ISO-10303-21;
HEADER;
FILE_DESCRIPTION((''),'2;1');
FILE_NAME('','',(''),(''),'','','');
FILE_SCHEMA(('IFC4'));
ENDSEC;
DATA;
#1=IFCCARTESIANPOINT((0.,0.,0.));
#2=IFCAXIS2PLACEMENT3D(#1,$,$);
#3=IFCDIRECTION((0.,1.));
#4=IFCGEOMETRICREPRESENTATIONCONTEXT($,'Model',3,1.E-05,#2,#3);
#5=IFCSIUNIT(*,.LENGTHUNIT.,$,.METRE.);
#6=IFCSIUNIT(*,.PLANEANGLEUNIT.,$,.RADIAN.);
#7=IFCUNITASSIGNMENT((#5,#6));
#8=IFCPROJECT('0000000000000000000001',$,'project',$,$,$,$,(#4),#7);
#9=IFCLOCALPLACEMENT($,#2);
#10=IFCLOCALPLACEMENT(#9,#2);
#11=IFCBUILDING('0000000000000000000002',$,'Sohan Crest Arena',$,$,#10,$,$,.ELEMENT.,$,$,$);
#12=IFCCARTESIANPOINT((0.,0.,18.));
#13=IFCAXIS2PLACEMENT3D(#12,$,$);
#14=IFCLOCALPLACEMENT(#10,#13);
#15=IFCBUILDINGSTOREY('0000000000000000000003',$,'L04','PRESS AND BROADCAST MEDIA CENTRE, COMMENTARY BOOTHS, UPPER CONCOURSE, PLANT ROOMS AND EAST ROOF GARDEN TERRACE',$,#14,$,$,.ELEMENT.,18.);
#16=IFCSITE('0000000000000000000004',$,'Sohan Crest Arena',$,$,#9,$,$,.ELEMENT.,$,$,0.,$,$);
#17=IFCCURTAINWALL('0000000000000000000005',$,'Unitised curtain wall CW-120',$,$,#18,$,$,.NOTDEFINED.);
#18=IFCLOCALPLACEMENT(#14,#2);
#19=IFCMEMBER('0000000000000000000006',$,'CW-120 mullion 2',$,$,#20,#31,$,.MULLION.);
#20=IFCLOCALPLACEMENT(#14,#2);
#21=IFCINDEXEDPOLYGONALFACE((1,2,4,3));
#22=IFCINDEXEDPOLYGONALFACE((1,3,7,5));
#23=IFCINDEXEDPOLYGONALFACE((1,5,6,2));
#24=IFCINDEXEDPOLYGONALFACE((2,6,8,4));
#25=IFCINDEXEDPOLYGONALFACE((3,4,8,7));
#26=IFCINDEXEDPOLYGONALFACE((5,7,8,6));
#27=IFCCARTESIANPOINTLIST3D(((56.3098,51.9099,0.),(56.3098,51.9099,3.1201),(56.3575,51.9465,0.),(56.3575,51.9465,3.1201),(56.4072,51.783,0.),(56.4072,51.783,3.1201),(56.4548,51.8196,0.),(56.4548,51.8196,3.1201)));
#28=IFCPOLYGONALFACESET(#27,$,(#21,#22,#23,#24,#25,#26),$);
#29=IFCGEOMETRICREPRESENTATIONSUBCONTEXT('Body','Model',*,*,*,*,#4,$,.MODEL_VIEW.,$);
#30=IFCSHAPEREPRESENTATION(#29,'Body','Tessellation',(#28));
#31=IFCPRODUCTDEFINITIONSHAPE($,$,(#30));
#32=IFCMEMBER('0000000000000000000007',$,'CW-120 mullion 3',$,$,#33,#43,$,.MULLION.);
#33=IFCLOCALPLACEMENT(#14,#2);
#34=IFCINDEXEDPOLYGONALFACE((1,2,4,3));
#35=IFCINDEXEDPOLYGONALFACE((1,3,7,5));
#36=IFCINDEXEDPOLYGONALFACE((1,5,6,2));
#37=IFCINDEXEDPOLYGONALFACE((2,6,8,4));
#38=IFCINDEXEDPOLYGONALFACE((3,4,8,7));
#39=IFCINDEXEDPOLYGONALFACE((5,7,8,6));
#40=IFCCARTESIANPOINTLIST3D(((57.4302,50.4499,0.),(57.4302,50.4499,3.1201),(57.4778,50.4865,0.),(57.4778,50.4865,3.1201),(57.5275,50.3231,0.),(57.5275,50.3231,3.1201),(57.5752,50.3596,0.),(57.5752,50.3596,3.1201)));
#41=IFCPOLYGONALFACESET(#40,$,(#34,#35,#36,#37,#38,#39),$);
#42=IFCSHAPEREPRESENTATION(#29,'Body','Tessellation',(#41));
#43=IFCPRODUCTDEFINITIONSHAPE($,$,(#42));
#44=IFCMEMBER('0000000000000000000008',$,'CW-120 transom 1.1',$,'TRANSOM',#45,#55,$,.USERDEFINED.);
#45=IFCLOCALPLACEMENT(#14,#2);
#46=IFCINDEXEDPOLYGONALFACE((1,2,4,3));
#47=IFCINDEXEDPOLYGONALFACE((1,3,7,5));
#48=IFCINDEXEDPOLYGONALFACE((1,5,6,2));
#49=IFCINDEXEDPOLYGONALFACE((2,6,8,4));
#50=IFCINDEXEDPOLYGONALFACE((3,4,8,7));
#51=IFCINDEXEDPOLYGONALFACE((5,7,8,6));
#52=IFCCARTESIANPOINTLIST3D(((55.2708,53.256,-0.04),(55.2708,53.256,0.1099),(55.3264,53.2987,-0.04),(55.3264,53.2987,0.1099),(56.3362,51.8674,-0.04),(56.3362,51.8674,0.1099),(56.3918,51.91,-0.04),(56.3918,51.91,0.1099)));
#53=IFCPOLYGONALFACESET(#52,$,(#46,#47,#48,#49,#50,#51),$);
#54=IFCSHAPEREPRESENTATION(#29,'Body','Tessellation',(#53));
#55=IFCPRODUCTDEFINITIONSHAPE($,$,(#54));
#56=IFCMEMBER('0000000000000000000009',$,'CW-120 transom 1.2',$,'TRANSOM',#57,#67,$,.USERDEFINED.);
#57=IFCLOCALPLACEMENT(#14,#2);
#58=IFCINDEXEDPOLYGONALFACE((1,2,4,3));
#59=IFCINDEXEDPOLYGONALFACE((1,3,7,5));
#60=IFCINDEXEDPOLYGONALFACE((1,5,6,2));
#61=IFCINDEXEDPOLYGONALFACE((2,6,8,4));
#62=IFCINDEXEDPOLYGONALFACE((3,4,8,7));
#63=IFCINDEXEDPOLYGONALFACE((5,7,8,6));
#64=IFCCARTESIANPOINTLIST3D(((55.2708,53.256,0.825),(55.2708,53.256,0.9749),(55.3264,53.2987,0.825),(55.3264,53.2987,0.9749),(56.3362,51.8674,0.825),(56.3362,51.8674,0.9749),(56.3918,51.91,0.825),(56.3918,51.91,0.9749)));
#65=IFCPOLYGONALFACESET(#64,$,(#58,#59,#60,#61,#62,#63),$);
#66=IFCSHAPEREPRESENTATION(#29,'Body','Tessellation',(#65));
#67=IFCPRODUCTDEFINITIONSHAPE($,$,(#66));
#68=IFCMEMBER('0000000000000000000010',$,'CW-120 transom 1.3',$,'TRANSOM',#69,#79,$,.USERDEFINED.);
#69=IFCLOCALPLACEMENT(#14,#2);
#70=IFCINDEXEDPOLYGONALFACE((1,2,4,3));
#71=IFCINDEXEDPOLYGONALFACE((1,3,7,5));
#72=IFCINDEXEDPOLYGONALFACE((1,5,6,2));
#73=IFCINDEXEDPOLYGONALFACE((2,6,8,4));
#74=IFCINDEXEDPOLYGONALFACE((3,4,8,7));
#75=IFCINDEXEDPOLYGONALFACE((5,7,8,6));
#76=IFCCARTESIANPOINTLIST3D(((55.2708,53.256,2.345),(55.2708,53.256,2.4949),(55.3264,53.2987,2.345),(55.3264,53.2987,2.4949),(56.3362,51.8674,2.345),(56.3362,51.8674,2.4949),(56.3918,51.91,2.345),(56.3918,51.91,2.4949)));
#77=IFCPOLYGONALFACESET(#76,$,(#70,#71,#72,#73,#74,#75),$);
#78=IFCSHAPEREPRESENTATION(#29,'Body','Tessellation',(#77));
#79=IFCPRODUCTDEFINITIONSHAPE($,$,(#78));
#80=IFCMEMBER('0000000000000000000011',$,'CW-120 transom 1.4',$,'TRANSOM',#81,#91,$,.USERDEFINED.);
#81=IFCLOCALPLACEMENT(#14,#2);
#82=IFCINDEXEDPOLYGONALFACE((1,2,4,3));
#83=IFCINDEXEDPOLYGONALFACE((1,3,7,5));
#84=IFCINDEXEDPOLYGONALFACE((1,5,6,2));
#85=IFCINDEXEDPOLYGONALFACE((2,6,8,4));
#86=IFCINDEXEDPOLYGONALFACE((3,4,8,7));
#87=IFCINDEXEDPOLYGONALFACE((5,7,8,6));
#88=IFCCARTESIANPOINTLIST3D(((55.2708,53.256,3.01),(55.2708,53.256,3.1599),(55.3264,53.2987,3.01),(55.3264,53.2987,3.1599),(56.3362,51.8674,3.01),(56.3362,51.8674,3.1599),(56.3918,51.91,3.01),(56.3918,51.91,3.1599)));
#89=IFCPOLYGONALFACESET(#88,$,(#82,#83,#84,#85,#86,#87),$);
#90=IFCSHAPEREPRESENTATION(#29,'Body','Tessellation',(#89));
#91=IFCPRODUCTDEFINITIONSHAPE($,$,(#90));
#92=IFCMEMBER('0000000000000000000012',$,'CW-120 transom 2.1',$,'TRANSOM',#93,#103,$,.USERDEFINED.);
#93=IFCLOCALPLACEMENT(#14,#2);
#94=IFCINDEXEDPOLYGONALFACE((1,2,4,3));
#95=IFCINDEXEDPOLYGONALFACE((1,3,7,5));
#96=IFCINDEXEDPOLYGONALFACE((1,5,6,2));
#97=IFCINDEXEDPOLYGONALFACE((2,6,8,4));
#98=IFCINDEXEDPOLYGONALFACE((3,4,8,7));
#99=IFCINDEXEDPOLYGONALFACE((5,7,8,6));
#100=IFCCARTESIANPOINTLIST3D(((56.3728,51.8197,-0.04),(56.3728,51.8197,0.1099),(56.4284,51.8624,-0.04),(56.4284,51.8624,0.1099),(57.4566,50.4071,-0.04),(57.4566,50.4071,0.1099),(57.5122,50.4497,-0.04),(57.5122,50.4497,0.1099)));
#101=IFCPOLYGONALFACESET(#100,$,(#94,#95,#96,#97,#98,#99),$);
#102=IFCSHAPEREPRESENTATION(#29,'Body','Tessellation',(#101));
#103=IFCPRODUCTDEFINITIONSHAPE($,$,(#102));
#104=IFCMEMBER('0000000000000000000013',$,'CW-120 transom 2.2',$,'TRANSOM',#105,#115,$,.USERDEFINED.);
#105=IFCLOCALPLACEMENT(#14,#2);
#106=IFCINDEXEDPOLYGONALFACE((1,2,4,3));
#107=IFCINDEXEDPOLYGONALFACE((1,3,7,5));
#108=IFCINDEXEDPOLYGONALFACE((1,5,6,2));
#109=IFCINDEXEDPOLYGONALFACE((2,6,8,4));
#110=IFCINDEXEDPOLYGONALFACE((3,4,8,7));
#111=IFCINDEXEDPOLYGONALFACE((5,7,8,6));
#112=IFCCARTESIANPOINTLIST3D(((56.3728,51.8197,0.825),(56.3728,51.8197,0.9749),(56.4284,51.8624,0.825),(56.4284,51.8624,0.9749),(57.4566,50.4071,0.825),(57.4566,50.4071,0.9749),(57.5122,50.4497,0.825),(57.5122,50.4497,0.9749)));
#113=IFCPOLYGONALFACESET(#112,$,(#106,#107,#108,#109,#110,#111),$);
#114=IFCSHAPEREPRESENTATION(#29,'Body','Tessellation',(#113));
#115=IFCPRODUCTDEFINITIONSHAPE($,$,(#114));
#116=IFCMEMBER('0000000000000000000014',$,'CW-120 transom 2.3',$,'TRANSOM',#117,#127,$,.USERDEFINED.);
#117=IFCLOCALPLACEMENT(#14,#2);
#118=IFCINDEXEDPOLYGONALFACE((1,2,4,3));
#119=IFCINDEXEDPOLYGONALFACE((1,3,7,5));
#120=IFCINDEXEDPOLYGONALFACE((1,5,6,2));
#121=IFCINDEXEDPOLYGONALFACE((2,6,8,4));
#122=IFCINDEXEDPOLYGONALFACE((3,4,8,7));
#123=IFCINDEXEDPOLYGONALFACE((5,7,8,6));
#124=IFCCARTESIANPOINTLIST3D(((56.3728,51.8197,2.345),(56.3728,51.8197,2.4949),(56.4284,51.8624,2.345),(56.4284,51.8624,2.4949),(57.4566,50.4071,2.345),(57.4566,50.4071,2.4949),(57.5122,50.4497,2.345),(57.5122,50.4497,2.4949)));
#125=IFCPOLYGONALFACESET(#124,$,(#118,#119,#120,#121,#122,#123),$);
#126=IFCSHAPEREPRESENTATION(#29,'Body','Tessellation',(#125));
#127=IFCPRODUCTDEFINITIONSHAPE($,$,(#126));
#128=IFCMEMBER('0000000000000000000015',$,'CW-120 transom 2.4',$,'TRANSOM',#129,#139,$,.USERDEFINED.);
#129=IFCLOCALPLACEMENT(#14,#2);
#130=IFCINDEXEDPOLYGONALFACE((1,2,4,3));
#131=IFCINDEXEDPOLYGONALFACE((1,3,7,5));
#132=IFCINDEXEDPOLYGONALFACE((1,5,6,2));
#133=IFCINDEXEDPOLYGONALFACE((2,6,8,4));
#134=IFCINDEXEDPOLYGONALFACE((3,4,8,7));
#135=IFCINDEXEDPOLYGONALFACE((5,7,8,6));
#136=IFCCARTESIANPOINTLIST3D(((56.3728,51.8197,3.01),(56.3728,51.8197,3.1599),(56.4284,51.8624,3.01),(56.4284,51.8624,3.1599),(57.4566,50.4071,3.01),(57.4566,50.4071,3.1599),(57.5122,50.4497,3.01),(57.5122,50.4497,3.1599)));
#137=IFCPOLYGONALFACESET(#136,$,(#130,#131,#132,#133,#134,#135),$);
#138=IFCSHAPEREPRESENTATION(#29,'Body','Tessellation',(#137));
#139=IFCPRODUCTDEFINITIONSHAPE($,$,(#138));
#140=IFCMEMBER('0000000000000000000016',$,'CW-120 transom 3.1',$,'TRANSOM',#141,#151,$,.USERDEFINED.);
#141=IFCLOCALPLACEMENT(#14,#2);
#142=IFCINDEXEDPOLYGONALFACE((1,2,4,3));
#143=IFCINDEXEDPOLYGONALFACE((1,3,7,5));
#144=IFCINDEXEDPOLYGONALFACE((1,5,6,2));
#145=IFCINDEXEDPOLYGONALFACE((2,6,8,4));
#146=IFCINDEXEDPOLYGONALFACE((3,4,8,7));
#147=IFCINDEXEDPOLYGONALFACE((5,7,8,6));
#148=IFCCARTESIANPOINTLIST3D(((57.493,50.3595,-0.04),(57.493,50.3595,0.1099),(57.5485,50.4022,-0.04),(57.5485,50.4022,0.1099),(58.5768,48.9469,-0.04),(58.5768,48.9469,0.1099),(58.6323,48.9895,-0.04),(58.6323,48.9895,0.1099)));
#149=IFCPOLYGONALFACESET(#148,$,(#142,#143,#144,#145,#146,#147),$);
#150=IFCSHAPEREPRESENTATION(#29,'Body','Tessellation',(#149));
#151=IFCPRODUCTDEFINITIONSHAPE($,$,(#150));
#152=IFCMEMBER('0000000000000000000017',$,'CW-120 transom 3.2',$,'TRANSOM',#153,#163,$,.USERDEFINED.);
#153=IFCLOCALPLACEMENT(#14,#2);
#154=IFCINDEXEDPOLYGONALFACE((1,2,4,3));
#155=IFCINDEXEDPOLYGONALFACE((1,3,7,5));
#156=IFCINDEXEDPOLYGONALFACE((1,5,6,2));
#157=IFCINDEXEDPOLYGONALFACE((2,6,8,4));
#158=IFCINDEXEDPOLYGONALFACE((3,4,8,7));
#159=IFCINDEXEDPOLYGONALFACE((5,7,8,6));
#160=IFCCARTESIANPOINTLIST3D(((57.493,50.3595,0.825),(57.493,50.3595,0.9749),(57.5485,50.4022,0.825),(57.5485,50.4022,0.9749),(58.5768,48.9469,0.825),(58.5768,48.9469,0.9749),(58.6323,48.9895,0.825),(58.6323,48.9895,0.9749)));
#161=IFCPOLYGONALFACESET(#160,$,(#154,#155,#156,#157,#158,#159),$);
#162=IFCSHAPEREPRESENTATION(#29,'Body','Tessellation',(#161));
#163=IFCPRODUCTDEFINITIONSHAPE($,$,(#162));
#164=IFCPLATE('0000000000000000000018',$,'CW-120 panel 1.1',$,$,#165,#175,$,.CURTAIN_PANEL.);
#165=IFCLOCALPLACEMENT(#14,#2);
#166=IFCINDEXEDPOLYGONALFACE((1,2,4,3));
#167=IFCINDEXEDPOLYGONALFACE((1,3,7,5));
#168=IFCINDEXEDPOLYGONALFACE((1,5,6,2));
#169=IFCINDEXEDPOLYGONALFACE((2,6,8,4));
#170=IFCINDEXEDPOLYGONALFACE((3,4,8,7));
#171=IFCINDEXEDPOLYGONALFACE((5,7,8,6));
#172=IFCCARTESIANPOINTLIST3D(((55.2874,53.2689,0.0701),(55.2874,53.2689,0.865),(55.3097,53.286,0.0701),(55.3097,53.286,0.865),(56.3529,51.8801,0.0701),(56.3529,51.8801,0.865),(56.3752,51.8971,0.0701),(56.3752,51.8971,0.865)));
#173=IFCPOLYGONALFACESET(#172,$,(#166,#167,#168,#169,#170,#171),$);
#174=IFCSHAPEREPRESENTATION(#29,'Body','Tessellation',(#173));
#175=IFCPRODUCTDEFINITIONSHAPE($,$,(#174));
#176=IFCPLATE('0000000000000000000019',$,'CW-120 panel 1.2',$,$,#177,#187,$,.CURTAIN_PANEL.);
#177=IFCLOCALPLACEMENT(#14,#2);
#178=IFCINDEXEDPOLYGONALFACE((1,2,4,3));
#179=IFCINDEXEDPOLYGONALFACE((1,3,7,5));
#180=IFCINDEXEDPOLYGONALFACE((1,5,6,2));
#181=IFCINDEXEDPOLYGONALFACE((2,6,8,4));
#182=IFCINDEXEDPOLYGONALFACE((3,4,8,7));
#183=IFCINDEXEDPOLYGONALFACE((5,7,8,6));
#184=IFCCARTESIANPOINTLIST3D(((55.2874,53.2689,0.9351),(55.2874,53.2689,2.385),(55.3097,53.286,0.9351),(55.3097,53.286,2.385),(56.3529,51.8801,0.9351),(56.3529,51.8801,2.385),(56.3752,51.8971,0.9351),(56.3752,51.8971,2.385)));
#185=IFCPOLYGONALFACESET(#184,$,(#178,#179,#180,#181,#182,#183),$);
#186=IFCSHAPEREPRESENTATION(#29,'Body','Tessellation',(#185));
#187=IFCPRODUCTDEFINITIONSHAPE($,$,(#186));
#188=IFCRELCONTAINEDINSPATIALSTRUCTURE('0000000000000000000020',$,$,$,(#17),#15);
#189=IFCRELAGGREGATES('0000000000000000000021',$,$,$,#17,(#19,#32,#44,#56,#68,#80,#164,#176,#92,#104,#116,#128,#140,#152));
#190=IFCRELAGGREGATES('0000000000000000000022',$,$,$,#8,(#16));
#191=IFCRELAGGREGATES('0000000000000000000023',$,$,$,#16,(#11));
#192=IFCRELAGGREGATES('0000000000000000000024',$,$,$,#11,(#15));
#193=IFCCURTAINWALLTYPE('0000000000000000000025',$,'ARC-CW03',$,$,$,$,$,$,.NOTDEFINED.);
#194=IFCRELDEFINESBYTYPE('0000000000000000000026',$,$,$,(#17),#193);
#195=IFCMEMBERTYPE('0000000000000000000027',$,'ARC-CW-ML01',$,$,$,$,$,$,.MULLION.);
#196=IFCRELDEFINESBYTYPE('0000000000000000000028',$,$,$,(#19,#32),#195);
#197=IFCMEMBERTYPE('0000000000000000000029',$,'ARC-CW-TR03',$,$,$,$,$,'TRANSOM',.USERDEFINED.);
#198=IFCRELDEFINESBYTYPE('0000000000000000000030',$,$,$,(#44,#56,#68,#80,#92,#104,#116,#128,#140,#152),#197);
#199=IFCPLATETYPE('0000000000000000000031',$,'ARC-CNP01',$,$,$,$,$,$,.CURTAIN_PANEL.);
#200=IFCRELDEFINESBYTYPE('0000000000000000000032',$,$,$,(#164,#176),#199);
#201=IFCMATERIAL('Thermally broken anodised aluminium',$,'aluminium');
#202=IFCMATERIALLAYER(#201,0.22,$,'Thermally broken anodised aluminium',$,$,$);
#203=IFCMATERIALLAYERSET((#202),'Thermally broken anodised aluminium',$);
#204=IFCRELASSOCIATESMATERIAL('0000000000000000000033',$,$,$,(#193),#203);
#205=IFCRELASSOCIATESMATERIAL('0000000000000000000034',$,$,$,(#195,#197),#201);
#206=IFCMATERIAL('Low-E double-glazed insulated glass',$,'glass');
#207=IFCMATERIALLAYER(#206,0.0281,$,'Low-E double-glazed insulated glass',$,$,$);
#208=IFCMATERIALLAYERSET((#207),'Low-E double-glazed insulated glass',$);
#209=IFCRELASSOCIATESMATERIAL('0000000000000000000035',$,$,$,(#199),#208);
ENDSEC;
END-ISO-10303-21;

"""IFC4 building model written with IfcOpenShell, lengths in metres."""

from ifc_helpers import new_model, si_unit, direction, frame, origin, origin_2d, place, context, subcontext, project, spatial, rectangle, extrude, material, layer, layer_set, material_profile, profile_set, type_object, element, aggregate, save


model = new_model("IFC4")

# Units and contexts
model_context = context("Model", 3, precision=1e-05, world=origin(), true_north=direction((0.0, 1.0)))
body_context = subcontext(model_context, "Body", "Model", "MODEL_VIEW")
ifc_project = project(units=[si_unit("LENGTHUNIT", "METRE"), si_unit("PLANEANGLEUNIT", "RADIAN")], contexts=[model_context])

# Site, building, storey
site_placement = place(None, origin())
site = spatial("IfcSite", under=ifc_project, at=site_placement, Name="Sohan Crest Arena", CompositionType="ELEMENT", RefElevation=0.0)
building_placement = place(site_placement, origin())
building = spatial("IfcBuilding", under=site, at=building_placement, Name="Sohan Crest Arena", CompositionType="ELEMENT")
storey_placement = place(building_placement, frame((0.0, 0.0, 18.0)))
storey = spatial("IfcBuildingStorey", under=building, at=storey_placement, Name="L04", Description="PRESS AND BROADCAST MEDIA CENTRE, COMMENTARY BOOTHS, UPPER CONCOURSE, PLANT ROOMS AND EAST ROOF GARDEN TERRACE", CompositionType="ELEMENT", Elevation=18.0)

# Curtain wall, members, plates
ifc_material_1 = material(Name="Thermally broken anodised aluminium", Category="aluminium")
ifc_layer_1 = layer(ifc_material_1, 0.22, Name="Thermally broken anodised aluminium")
ifc_layer_set_1 = layer_set([ifc_layer_1], Name="Thermally broken anodised aluminium")
curtain_wall_type = type_object("IfcCurtainWallType", Name="ARC-CW03", PredefinedType="NOTDEFINED", material=ifc_layer_set_1)
curtain_wall_placement = place(storey_placement, origin())
curtain_wall = element("IfcCurtainWall", 1, at=curtain_wall_placement, inside=storey, type_object=curtain_wall_type, Name="Unitised curtain wall CW-120", PredefinedType="NOTDEFINED")
ifc_material_profile_1 = material_profile(ifc_material_1, rectangle(XDim=0.0601, YDim=0.1599, at=origin_2d()), Name="ALU-MULL 60x160")
ifc_profile_set_1 = profile_set([ifc_material_profile_1], Name="Thermally broken anodised aluminium")
member_type_1 = type_object("IfcMemberType", Name="ARC-CW-ML01", PredefinedType="MULLION", material=ifc_profile_set_1)
member_1_placement = place(storey_placement, frame((56.3823, 51.8647, 0.0), z_axis=(0.0, 0.0, 1.0), x_axis=(0.793385, 0.60872, 0.0)))
member_1 = element("IfcMember", 2, at=member_1_placement, type_object=member_type_1, Name="CW-120 mullion 2", PredefinedType="MULLION", context=body_context, shape_type="SweptSolid", body=[
    extrude(rectangle(XDim=0.0601, YDim=0.1599, at=origin_2d()), origin(), (0.0, 0.0, 1.0), 3.1201),
])
member_2_placement = place(storey_placement, frame((57.5027, 50.4048, 0.0), z_axis=(0.0, 0.0, 1.0), x_axis=(0.793385, 0.60872, 0.0)))
member_2 = element("IfcMember", 3, at=member_2_placement, type_object=member_type_1, Name="CW-120 mullion 3", PredefinedType="MULLION", context=body_context, shape_type="SweptSolid", body=[
    extrude(rectangle(XDim=0.0601, YDim=0.1599, at=origin_2d()), origin(), (0.0, 0.0, 1.0), 3.1201),
])
ifc_material_profile_2 = material_profile(ifc_material_1, rectangle(XDim=0.0701, YDim=0.1499, at=origin_2d()), Name="ALU-TRAN 70x150")
ifc_profile_set_2 = profile_set([ifc_material_profile_2], Name="Thermally broken anodised aluminium")
member_type_2 = type_object("IfcMemberType", Name="ARC-CW-TR03", ElementType="TRANSOM", PredefinedType="USERDEFINED", material=ifc_profile_set_2)
member_3_placement = place(storey_placement, frame((55.2986, 53.2773, 0.0349), z_axis=(0.608713, -0.793391, 0.0), x_axis=(0.793391, 0.608713, 0.0)))
member_3 = element("IfcMember", 4, at=member_3_placement, type_object=member_type_2, Name="CW-120 transom 1.1", ObjectType="TRANSOM", PredefinedType="USERDEFINED", context=body_context, shape_type="SweptSolid", body=[
    extrude(rectangle(XDim=0.0701, YDim=0.1499, at=origin_2d()), origin(), (0.0, 0.0, 1.0), 1.7502),
])
member_4_placement = place(storey_placement, frame((55.2986, 53.2773, 0.8999), z_axis=(0.608713, -0.793391, 0.0), x_axis=(0.793391, 0.608713, 0.0)))
member_4 = element("IfcMember", 5, at=member_4_placement, type_object=member_type_2, Name="CW-120 transom 1.2", ObjectType="TRANSOM", PredefinedType="USERDEFINED", context=body_context, shape_type="SweptSolid", body=[
    extrude(rectangle(XDim=0.0701, YDim=0.1499, at=origin_2d()), origin(), (0.0, 0.0, 1.0), 1.7502),
])
member_5_placement = place(storey_placement, frame((55.2986, 53.2773, 2.4199), z_axis=(0.608713, -0.793391, 0.0), x_axis=(0.793391, 0.608713, 0.0)))
member_5 = element("IfcMember", 6, at=member_5_placement, type_object=member_type_2, Name="CW-120 transom 1.3", ObjectType="TRANSOM", PredefinedType="USERDEFINED", context=body_context, shape_type="SweptSolid", body=[
    extrude(rectangle(XDim=0.0701, YDim=0.1499, at=origin_2d()), origin(), (0.0, 0.0, 1.0), 1.7502),
])
member_6_placement = place(storey_placement, frame((55.2986, 53.2773, 3.085), z_axis=(0.608713, -0.793391, 0.0), x_axis=(0.793391, 0.608713, 0.0)))
member_6 = element("IfcMember", 7, at=member_6_placement, type_object=member_type_2, Name="CW-120 transom 1.4", ObjectType="TRANSOM", PredefinedType="USERDEFINED", context=body_context, shape_type="SweptSolid", body=[
    extrude(rectangle(XDim=0.0701, YDim=0.1499, at=origin_2d()), origin(), (0.0, 0.0, 1.0), 1.7502),
])
member_7_placement = place(storey_placement, frame((56.4006, 51.8411, 0.0349), z_axis=(0.608696, -0.793403, 0.0), x_axis=(0.793403, 0.608696, 0.0)))
member_7 = element("IfcMember", 8, at=member_7_placement, type_object=member_type_2, Name="CW-120 transom 2.1", ObjectType="TRANSOM", PredefinedType="USERDEFINED", context=body_context, shape_type="SweptSolid", body=[
    extrude(rectangle(XDim=0.0701, YDim=0.1499, at=origin_2d()), origin(), (0.0, 0.0, 1.0), 1.7805),
])
member_8_placement = place(storey_placement, frame((56.4006, 51.8411, 0.8999), z_axis=(0.608696, -0.793403, 0.0), x_axis=(0.793403, 0.608696, 0.0)))
member_8 = element("IfcMember", 9, at=member_8_placement, type_object=member_type_2, Name="CW-120 transom 2.2", ObjectType="TRANSOM", PredefinedType="USERDEFINED", context=body_context, shape_type="SweptSolid", body=[
    extrude(rectangle(XDim=0.0701, YDim=0.1499, at=origin_2d()), origin(), (0.0, 0.0, 1.0), 1.7805),
])
member_9_placement = place(storey_placement, frame((56.4006, 51.8411, 2.4199), z_axis=(0.608696, -0.793403, 0.0), x_axis=(0.793403, 0.608696, 0.0)))
member_9 = element("IfcMember", 10, at=member_9_placement, type_object=member_type_2, Name="CW-120 transom 2.3", ObjectType="TRANSOM", PredefinedType="USERDEFINED", context=body_context, shape_type="SweptSolid", body=[
    extrude(rectangle(XDim=0.0701, YDim=0.1499, at=origin_2d()), origin(), (0.0, 0.0, 1.0), 1.7805),
])
member_10_placement = place(storey_placement, frame((56.4006, 51.8411, 3.085), z_axis=(0.608696, -0.793403, 0.0), x_axis=(0.793403, 0.608696, 0.0)))
member_10 = element("IfcMember", 11, at=member_10_placement, type_object=member_type_2, Name="CW-120 transom 2.4", ObjectType="TRANSOM", PredefinedType="USERDEFINED", context=body_context, shape_type="SweptSolid", body=[
    extrude(rectangle(XDim=0.0701, YDim=0.1499, at=origin_2d()), origin(), (0.0, 0.0, 1.0), 1.7805),
])
member_11_placement = place(storey_placement, frame((57.5208, 50.3809, 0.0349), z_axis=(0.608696, -0.793403, 0.0), x_axis=(0.793403, 0.608696, 0.0)))
member_11 = element("IfcMember", 12, at=member_11_placement, type_object=member_type_2, Name="CW-120 transom 3.1", ObjectType="TRANSOM", PredefinedType="USERDEFINED", context=body_context, shape_type="SweptSolid", body=[
    extrude(rectangle(XDim=0.0701, YDim=0.1499, at=origin_2d()), origin(), (0.0, 0.0, 1.0), 1.7805),
])
member_12_placement = place(storey_placement, frame((57.5208, 50.3809, 0.8999), z_axis=(0.608696, -0.793403, 0.0), x_axis=(0.793403, 0.608696, 0.0)))
member_12 = element("IfcMember", 13, at=member_12_placement, type_object=member_type_2, Name="CW-120 transom 3.2", ObjectType="TRANSOM", PredefinedType="USERDEFINED", context=body_context, shape_type="SweptSolid", body=[
    extrude(rectangle(XDim=0.0701, YDim=0.1499, at=origin_2d()), origin(), (0.0, 0.0, 1.0), 1.7805),
])
ifc_material_2 = material(Name="Low-E double-glazed insulated glass", Category="glass")
ifc_layer_2 = layer(ifc_material_2, 0.0281, Name="Low-E double-glazed insulated glass")
ifc_layer_set_2 = layer_set([ifc_layer_2], Name="Low-E double-glazed insulated glass")
plate_type = type_object("IfcPlateType", Name="ARC-CNP01", PredefinedType="CURTAIN_PANEL", material=ifc_layer_set_2)
plate_1_placement = place(storey_placement, frame((55.8313, 52.583, 0.0701), z_axis=(0.0, 0.0, 1.0), x_axis=(0.60872, -0.793385, 0.0)))
plate_1 = element("IfcPlate", 14, at=plate_1_placement, type_object=plate_type, Name="CW-120 panel 1.1", PredefinedType="CURTAIN_PANEL", context=body_context, shape_type="SweptSolid", body=[
    extrude(rectangle(XDim=1.7505, YDim=0.0281, at=origin_2d()), origin(), (0.0, 0.0, 1.0), 0.7949),
])
plate_2_placement = place(storey_placement, frame((55.8313, 52.583, 0.9351), z_axis=(0.0, 0.0, 1.0), x_axis=(0.60872, -0.793385, 0.0)))
plate_2 = element("IfcPlate", 15, at=plate_2_placement, type_object=plate_type, Name="CW-120 panel 1.2", PredefinedType="CURTAIN_PANEL", context=body_context, shape_type="SweptSolid", body=[
    extrude(rectangle(XDim=1.7505, YDim=0.0281, at=origin_2d()), origin(), (0.0, 0.0, 1.0), 1.45),
])
aggregate(curtain_wall, [member_1, member_2, member_3, member_4, member_5, member_6, plate_1, plate_2, member_7, member_8, member_9, member_10, member_11, member_12])

save(model, "model.ifc")
